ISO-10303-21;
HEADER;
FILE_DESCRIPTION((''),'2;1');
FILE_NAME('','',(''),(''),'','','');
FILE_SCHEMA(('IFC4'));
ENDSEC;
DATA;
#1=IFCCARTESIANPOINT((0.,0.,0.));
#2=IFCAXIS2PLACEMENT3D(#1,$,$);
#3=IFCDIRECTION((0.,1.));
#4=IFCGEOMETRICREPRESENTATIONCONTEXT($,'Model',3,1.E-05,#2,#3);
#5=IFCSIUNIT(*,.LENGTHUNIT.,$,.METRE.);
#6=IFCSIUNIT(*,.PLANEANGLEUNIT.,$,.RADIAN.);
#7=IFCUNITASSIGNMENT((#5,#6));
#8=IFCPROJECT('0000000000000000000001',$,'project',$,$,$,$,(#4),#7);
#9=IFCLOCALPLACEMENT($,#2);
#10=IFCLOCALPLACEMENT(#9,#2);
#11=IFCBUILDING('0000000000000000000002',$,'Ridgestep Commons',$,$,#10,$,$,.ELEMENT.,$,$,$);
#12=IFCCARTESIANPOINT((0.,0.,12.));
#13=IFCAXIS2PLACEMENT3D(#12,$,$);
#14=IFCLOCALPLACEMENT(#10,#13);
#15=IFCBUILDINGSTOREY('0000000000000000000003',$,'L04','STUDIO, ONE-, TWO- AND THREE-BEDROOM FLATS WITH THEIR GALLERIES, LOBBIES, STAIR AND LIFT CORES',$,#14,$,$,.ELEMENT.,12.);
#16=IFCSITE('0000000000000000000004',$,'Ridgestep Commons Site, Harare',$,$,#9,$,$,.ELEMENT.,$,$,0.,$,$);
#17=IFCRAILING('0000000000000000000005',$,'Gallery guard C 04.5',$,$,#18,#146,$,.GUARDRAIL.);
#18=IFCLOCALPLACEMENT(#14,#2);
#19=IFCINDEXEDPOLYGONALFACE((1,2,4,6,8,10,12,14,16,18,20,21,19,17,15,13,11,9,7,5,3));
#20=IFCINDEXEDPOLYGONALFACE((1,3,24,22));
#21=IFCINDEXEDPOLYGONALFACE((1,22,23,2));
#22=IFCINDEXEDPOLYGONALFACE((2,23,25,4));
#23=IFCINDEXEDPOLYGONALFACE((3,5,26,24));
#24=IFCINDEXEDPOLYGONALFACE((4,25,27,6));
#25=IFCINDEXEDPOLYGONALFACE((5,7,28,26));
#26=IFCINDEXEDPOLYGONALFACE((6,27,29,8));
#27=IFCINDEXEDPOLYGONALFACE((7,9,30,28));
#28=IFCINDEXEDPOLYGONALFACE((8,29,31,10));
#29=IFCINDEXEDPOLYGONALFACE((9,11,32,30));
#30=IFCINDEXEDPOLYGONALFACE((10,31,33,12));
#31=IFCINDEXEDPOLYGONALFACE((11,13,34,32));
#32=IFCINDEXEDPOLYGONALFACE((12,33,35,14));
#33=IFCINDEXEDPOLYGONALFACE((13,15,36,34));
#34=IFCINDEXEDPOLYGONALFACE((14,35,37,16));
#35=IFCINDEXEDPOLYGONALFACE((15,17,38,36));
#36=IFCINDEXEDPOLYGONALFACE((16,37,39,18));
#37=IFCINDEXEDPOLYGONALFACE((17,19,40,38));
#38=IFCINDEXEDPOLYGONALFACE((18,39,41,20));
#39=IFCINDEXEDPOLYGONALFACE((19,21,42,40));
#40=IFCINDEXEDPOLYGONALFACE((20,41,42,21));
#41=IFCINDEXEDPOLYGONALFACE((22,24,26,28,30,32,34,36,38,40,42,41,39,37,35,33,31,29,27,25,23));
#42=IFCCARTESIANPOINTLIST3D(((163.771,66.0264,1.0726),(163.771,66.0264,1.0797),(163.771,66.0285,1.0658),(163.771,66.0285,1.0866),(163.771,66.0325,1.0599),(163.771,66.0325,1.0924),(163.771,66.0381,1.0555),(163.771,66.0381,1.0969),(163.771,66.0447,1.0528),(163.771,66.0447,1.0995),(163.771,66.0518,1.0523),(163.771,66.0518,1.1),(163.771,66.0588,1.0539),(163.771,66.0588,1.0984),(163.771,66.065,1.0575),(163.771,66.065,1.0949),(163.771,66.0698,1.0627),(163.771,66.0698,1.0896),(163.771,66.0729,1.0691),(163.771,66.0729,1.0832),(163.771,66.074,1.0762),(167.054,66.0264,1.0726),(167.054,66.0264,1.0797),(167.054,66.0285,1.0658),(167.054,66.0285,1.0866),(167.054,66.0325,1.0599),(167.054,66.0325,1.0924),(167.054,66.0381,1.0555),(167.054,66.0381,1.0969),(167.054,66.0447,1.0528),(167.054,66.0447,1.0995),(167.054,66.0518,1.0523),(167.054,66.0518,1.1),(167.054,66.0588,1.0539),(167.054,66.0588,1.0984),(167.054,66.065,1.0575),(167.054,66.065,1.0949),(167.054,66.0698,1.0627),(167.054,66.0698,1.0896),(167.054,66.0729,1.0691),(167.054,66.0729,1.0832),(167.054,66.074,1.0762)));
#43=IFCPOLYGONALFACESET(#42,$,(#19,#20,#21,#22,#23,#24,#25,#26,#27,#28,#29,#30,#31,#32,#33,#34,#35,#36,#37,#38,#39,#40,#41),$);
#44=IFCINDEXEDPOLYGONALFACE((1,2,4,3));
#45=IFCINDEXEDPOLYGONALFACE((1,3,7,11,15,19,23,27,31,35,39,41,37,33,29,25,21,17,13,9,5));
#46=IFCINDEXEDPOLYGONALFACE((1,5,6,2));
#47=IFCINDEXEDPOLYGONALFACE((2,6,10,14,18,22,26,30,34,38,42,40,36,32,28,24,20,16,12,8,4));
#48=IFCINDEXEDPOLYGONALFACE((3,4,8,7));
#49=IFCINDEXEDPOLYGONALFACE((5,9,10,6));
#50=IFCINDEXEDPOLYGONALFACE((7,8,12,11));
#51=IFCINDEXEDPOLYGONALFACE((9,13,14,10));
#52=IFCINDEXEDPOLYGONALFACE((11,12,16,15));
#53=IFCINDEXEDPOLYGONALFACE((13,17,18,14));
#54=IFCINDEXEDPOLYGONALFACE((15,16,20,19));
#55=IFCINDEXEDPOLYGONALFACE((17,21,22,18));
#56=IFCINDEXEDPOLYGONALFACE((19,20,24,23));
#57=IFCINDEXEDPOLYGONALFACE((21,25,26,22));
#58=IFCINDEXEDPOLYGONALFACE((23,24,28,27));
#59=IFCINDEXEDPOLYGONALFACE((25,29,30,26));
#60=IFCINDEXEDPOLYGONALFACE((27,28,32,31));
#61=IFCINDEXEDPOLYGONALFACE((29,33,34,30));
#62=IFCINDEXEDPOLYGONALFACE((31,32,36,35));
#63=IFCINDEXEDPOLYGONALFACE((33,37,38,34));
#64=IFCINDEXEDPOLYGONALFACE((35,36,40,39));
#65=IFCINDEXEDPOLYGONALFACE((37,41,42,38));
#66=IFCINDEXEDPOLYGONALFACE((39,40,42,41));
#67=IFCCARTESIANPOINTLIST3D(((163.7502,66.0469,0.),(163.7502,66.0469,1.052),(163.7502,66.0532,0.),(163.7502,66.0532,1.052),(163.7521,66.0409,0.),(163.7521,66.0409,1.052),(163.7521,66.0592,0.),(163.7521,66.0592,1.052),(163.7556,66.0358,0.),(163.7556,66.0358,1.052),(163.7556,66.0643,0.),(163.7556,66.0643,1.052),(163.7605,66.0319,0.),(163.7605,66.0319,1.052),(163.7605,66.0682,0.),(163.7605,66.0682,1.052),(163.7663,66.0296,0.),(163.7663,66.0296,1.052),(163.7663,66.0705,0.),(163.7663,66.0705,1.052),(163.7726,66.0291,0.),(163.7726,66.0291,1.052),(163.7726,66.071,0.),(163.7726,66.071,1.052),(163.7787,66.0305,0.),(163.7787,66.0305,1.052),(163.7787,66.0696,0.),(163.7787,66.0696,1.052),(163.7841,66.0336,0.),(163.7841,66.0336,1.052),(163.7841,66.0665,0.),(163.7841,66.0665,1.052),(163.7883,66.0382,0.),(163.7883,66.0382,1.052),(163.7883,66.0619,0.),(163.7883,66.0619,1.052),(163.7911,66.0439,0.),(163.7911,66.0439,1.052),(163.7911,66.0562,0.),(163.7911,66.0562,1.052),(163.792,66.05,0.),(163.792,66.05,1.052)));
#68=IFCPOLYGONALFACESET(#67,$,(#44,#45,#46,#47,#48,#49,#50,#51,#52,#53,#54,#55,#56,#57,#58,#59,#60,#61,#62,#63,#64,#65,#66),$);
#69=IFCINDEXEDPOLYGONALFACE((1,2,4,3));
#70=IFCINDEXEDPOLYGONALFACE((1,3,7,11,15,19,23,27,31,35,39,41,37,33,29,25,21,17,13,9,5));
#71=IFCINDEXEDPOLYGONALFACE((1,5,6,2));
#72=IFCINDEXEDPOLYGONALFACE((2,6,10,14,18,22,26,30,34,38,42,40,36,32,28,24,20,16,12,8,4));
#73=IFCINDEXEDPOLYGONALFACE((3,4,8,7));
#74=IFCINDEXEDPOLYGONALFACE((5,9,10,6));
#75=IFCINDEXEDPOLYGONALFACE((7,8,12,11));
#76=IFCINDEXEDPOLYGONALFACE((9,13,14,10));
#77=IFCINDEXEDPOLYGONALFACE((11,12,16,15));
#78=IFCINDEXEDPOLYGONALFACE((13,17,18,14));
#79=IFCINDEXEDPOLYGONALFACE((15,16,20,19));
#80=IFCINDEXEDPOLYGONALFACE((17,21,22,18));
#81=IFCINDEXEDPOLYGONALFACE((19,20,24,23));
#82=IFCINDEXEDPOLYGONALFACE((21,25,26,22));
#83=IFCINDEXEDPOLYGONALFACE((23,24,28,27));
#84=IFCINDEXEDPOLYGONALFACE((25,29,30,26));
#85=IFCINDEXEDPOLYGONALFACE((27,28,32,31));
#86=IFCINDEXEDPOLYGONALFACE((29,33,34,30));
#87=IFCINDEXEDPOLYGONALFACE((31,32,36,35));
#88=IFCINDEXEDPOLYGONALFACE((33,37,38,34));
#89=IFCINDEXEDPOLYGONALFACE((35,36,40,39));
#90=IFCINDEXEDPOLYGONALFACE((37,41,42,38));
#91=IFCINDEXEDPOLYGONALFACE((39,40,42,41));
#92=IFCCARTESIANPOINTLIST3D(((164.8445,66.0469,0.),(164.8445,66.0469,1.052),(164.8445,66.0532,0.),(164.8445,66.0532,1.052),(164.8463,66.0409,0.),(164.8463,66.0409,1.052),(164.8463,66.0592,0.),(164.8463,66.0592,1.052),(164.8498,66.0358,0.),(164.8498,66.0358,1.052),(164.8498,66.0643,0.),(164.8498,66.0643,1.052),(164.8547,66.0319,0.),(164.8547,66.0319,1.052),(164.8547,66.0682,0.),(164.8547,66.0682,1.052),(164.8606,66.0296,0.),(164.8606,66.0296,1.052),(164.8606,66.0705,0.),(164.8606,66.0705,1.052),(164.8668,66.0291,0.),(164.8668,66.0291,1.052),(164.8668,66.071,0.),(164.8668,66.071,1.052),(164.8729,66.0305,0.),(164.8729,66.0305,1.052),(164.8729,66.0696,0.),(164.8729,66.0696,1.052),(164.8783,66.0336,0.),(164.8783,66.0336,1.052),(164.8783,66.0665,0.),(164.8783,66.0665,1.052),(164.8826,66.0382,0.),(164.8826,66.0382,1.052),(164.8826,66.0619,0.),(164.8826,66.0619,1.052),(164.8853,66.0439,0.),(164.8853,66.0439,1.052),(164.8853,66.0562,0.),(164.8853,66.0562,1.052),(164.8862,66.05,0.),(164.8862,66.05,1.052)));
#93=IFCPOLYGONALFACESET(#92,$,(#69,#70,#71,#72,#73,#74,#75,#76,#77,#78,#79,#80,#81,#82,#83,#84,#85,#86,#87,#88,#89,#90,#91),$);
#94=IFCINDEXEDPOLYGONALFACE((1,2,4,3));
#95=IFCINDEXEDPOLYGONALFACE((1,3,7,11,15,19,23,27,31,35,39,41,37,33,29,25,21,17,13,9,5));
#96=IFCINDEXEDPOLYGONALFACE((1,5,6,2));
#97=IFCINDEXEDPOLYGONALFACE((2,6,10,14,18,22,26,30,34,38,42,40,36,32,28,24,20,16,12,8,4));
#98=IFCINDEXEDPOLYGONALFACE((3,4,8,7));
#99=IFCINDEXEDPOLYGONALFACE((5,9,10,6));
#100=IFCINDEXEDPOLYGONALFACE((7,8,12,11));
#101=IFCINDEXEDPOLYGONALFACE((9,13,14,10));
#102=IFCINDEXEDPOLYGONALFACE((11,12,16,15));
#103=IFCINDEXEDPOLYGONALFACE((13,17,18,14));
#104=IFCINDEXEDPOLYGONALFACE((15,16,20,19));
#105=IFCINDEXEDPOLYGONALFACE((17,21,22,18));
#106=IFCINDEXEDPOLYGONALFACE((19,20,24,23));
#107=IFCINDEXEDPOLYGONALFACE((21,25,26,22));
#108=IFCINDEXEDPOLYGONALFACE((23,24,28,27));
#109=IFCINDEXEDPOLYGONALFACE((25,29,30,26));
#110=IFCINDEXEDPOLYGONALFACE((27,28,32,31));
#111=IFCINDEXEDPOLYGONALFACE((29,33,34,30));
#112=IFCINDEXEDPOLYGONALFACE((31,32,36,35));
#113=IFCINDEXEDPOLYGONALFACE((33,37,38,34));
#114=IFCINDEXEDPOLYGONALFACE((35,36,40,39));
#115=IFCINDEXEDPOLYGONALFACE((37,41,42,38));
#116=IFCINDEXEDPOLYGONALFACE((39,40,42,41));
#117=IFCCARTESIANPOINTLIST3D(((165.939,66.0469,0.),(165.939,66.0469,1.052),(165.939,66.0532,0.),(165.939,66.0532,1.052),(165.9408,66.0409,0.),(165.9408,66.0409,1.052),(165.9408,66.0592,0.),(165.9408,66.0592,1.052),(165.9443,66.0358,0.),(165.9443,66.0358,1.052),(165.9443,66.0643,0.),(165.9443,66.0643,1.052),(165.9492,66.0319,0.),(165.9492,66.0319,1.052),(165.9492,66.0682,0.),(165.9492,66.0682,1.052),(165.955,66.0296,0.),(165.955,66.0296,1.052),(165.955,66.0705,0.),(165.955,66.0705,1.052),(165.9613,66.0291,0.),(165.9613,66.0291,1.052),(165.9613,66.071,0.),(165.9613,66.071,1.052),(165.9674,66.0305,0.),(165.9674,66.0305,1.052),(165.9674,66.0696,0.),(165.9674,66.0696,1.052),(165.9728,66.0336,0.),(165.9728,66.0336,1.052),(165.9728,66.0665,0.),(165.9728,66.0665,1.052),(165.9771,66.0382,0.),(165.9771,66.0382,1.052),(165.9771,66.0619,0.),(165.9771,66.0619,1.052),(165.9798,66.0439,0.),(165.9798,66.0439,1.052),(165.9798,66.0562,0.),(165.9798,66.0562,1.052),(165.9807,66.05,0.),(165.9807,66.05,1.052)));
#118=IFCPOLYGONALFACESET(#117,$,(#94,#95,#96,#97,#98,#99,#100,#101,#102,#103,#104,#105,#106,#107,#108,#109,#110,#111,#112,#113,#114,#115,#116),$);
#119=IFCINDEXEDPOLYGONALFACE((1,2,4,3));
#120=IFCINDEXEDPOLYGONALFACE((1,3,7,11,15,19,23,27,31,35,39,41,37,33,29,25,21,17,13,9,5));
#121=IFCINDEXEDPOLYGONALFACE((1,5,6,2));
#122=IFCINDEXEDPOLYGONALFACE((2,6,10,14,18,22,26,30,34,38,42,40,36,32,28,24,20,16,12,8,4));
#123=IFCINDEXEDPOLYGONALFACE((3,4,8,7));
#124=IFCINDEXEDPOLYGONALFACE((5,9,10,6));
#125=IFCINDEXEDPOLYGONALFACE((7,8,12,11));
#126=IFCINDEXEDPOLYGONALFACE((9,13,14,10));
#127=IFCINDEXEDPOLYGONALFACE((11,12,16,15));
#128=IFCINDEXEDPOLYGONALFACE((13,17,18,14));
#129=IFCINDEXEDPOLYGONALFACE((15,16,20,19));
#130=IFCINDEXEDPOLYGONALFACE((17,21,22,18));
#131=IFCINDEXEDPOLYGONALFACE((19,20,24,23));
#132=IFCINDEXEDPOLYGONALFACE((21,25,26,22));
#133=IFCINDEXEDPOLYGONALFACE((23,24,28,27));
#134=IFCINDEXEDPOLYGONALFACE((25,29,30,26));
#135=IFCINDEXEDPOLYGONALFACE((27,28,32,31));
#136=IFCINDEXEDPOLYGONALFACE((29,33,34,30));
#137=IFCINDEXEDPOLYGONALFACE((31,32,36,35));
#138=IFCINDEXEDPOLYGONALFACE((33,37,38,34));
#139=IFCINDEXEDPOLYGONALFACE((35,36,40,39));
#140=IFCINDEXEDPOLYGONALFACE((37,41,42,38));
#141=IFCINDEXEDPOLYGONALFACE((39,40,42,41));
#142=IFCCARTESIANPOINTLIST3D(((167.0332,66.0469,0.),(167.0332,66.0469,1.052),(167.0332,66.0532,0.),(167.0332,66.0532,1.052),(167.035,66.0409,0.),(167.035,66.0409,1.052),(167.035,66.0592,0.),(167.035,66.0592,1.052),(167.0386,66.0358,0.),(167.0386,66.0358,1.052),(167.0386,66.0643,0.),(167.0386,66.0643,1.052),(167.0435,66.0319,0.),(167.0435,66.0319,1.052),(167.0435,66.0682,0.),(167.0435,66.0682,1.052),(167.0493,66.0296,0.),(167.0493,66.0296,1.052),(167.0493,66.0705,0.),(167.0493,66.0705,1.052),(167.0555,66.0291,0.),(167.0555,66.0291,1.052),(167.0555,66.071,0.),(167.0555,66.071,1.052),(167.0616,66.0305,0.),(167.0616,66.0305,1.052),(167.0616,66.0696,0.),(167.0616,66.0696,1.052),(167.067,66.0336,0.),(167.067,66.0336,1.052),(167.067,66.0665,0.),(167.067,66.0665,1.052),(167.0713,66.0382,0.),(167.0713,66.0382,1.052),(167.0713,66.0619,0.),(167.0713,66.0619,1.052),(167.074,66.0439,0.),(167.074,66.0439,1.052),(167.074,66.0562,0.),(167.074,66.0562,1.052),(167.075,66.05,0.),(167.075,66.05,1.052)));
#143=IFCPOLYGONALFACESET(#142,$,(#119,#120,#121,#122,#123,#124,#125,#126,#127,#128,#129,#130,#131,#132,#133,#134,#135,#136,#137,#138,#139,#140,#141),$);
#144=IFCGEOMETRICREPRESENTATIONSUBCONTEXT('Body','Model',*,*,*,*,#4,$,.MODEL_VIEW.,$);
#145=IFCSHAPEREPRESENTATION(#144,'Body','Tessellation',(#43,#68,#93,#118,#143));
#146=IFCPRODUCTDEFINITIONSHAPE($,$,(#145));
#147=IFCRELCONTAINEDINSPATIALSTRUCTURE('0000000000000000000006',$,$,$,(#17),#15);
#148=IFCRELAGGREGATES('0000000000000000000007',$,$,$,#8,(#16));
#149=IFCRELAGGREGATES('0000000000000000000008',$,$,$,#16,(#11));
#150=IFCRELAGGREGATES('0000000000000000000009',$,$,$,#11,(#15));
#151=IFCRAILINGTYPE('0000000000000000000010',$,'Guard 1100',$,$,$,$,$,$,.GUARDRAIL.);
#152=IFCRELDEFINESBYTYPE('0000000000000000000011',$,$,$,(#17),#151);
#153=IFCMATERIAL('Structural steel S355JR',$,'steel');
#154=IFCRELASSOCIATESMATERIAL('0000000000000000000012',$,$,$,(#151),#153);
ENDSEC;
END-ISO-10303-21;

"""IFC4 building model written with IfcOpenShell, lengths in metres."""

from ifc_helpers import new_model, si_unit, direction, frame, origin, origin_2d, place, context, subcontext, project, spatial, circle, extrude, material, type_object, element, save


model = new_model("IFC4")

# Units and contexts
model_context = context("Model", 3, precision=1e-05, world=origin(), true_north=direction((0.0, 1.0)))
body_context = subcontext(model_context, "Body", "Model", "MODEL_VIEW")
ifc_project = project(units=[si_unit("LENGTHUNIT", "METRE"), si_unit("PLANEANGLEUNIT", "RADIAN")], contexts=[model_context])

# Site, building, storey
site_placement = place(None, origin())
site = spatial("IfcSite", under=ifc_project, at=site_placement, Name="Ridgestep Commons Site, Harare", CompositionType="ELEMENT", RefElevation=0.0)
building_placement = place(site_placement, origin())
building = spatial("IfcBuilding", under=site, at=building_placement, Name="Ridgestep Commons", CompositionType="ELEMENT")
storey_placement = place(building_placement, frame((0.0, 0.0, 12.0)))
storey = spatial("IfcBuildingStorey", under=building, at=storey_placement, Name="L04", Description="STUDIO, ONE-, TWO- AND THREE-BEDROOM FLATS WITH THEIR GALLERIES, LOBBIES, STAIR AND LIFT CORES", CompositionType="ELEMENT", Elevation=12.0)

# Railing
ifc_material_1 = material(Name="Structural steel S355JR", Category="steel")
railing_type = type_object("IfcRailingType", Name="Guard 1100", PredefinedType="GUARDRAIL", material=ifc_material_1)
railing_1_placement = place(storey_placement, frame((163.771, 66.05, 0.0)))
element("IfcRailing", 1, at=railing_1_placement, inside=storey, type_object=railing_type, Name="Gallery guard C 04.5", PredefinedType="GUARDRAIL", context=body_context, shape_type="SweptSolid", body=[
    extrude(circle(Radius=0.0239, at=origin_2d()), frame((0.0, 0.0, 1.0762), z_axis=(1.0, 0.0, 0.0), x_axis=(0.0, 1.0, 0.0)), (0.0, 0.0, 1.0), 3.283),
    extrude(circle(Radius=0.021, at=origin_2d()), origin(), (0.0, 0.0, 1.0), 1.052),
    extrude(circle(Radius=0.021, at=origin_2d()), frame((1.0942, 0.0, 0.0)), (0.0, 0.0, 1.0), 1.052),
    extrude(circle(Radius=0.021, at=origin_2d()), frame((2.1887, 0.0, 0.0)), (0.0, 0.0, 1.0), 1.052),
    extrude(circle(Radius=0.021, at=origin_2d()), frame((3.283, 0.0, 0.0)), (0.0, 0.0, 1.0), 1.052),
])

save(model, "model.ifc")
